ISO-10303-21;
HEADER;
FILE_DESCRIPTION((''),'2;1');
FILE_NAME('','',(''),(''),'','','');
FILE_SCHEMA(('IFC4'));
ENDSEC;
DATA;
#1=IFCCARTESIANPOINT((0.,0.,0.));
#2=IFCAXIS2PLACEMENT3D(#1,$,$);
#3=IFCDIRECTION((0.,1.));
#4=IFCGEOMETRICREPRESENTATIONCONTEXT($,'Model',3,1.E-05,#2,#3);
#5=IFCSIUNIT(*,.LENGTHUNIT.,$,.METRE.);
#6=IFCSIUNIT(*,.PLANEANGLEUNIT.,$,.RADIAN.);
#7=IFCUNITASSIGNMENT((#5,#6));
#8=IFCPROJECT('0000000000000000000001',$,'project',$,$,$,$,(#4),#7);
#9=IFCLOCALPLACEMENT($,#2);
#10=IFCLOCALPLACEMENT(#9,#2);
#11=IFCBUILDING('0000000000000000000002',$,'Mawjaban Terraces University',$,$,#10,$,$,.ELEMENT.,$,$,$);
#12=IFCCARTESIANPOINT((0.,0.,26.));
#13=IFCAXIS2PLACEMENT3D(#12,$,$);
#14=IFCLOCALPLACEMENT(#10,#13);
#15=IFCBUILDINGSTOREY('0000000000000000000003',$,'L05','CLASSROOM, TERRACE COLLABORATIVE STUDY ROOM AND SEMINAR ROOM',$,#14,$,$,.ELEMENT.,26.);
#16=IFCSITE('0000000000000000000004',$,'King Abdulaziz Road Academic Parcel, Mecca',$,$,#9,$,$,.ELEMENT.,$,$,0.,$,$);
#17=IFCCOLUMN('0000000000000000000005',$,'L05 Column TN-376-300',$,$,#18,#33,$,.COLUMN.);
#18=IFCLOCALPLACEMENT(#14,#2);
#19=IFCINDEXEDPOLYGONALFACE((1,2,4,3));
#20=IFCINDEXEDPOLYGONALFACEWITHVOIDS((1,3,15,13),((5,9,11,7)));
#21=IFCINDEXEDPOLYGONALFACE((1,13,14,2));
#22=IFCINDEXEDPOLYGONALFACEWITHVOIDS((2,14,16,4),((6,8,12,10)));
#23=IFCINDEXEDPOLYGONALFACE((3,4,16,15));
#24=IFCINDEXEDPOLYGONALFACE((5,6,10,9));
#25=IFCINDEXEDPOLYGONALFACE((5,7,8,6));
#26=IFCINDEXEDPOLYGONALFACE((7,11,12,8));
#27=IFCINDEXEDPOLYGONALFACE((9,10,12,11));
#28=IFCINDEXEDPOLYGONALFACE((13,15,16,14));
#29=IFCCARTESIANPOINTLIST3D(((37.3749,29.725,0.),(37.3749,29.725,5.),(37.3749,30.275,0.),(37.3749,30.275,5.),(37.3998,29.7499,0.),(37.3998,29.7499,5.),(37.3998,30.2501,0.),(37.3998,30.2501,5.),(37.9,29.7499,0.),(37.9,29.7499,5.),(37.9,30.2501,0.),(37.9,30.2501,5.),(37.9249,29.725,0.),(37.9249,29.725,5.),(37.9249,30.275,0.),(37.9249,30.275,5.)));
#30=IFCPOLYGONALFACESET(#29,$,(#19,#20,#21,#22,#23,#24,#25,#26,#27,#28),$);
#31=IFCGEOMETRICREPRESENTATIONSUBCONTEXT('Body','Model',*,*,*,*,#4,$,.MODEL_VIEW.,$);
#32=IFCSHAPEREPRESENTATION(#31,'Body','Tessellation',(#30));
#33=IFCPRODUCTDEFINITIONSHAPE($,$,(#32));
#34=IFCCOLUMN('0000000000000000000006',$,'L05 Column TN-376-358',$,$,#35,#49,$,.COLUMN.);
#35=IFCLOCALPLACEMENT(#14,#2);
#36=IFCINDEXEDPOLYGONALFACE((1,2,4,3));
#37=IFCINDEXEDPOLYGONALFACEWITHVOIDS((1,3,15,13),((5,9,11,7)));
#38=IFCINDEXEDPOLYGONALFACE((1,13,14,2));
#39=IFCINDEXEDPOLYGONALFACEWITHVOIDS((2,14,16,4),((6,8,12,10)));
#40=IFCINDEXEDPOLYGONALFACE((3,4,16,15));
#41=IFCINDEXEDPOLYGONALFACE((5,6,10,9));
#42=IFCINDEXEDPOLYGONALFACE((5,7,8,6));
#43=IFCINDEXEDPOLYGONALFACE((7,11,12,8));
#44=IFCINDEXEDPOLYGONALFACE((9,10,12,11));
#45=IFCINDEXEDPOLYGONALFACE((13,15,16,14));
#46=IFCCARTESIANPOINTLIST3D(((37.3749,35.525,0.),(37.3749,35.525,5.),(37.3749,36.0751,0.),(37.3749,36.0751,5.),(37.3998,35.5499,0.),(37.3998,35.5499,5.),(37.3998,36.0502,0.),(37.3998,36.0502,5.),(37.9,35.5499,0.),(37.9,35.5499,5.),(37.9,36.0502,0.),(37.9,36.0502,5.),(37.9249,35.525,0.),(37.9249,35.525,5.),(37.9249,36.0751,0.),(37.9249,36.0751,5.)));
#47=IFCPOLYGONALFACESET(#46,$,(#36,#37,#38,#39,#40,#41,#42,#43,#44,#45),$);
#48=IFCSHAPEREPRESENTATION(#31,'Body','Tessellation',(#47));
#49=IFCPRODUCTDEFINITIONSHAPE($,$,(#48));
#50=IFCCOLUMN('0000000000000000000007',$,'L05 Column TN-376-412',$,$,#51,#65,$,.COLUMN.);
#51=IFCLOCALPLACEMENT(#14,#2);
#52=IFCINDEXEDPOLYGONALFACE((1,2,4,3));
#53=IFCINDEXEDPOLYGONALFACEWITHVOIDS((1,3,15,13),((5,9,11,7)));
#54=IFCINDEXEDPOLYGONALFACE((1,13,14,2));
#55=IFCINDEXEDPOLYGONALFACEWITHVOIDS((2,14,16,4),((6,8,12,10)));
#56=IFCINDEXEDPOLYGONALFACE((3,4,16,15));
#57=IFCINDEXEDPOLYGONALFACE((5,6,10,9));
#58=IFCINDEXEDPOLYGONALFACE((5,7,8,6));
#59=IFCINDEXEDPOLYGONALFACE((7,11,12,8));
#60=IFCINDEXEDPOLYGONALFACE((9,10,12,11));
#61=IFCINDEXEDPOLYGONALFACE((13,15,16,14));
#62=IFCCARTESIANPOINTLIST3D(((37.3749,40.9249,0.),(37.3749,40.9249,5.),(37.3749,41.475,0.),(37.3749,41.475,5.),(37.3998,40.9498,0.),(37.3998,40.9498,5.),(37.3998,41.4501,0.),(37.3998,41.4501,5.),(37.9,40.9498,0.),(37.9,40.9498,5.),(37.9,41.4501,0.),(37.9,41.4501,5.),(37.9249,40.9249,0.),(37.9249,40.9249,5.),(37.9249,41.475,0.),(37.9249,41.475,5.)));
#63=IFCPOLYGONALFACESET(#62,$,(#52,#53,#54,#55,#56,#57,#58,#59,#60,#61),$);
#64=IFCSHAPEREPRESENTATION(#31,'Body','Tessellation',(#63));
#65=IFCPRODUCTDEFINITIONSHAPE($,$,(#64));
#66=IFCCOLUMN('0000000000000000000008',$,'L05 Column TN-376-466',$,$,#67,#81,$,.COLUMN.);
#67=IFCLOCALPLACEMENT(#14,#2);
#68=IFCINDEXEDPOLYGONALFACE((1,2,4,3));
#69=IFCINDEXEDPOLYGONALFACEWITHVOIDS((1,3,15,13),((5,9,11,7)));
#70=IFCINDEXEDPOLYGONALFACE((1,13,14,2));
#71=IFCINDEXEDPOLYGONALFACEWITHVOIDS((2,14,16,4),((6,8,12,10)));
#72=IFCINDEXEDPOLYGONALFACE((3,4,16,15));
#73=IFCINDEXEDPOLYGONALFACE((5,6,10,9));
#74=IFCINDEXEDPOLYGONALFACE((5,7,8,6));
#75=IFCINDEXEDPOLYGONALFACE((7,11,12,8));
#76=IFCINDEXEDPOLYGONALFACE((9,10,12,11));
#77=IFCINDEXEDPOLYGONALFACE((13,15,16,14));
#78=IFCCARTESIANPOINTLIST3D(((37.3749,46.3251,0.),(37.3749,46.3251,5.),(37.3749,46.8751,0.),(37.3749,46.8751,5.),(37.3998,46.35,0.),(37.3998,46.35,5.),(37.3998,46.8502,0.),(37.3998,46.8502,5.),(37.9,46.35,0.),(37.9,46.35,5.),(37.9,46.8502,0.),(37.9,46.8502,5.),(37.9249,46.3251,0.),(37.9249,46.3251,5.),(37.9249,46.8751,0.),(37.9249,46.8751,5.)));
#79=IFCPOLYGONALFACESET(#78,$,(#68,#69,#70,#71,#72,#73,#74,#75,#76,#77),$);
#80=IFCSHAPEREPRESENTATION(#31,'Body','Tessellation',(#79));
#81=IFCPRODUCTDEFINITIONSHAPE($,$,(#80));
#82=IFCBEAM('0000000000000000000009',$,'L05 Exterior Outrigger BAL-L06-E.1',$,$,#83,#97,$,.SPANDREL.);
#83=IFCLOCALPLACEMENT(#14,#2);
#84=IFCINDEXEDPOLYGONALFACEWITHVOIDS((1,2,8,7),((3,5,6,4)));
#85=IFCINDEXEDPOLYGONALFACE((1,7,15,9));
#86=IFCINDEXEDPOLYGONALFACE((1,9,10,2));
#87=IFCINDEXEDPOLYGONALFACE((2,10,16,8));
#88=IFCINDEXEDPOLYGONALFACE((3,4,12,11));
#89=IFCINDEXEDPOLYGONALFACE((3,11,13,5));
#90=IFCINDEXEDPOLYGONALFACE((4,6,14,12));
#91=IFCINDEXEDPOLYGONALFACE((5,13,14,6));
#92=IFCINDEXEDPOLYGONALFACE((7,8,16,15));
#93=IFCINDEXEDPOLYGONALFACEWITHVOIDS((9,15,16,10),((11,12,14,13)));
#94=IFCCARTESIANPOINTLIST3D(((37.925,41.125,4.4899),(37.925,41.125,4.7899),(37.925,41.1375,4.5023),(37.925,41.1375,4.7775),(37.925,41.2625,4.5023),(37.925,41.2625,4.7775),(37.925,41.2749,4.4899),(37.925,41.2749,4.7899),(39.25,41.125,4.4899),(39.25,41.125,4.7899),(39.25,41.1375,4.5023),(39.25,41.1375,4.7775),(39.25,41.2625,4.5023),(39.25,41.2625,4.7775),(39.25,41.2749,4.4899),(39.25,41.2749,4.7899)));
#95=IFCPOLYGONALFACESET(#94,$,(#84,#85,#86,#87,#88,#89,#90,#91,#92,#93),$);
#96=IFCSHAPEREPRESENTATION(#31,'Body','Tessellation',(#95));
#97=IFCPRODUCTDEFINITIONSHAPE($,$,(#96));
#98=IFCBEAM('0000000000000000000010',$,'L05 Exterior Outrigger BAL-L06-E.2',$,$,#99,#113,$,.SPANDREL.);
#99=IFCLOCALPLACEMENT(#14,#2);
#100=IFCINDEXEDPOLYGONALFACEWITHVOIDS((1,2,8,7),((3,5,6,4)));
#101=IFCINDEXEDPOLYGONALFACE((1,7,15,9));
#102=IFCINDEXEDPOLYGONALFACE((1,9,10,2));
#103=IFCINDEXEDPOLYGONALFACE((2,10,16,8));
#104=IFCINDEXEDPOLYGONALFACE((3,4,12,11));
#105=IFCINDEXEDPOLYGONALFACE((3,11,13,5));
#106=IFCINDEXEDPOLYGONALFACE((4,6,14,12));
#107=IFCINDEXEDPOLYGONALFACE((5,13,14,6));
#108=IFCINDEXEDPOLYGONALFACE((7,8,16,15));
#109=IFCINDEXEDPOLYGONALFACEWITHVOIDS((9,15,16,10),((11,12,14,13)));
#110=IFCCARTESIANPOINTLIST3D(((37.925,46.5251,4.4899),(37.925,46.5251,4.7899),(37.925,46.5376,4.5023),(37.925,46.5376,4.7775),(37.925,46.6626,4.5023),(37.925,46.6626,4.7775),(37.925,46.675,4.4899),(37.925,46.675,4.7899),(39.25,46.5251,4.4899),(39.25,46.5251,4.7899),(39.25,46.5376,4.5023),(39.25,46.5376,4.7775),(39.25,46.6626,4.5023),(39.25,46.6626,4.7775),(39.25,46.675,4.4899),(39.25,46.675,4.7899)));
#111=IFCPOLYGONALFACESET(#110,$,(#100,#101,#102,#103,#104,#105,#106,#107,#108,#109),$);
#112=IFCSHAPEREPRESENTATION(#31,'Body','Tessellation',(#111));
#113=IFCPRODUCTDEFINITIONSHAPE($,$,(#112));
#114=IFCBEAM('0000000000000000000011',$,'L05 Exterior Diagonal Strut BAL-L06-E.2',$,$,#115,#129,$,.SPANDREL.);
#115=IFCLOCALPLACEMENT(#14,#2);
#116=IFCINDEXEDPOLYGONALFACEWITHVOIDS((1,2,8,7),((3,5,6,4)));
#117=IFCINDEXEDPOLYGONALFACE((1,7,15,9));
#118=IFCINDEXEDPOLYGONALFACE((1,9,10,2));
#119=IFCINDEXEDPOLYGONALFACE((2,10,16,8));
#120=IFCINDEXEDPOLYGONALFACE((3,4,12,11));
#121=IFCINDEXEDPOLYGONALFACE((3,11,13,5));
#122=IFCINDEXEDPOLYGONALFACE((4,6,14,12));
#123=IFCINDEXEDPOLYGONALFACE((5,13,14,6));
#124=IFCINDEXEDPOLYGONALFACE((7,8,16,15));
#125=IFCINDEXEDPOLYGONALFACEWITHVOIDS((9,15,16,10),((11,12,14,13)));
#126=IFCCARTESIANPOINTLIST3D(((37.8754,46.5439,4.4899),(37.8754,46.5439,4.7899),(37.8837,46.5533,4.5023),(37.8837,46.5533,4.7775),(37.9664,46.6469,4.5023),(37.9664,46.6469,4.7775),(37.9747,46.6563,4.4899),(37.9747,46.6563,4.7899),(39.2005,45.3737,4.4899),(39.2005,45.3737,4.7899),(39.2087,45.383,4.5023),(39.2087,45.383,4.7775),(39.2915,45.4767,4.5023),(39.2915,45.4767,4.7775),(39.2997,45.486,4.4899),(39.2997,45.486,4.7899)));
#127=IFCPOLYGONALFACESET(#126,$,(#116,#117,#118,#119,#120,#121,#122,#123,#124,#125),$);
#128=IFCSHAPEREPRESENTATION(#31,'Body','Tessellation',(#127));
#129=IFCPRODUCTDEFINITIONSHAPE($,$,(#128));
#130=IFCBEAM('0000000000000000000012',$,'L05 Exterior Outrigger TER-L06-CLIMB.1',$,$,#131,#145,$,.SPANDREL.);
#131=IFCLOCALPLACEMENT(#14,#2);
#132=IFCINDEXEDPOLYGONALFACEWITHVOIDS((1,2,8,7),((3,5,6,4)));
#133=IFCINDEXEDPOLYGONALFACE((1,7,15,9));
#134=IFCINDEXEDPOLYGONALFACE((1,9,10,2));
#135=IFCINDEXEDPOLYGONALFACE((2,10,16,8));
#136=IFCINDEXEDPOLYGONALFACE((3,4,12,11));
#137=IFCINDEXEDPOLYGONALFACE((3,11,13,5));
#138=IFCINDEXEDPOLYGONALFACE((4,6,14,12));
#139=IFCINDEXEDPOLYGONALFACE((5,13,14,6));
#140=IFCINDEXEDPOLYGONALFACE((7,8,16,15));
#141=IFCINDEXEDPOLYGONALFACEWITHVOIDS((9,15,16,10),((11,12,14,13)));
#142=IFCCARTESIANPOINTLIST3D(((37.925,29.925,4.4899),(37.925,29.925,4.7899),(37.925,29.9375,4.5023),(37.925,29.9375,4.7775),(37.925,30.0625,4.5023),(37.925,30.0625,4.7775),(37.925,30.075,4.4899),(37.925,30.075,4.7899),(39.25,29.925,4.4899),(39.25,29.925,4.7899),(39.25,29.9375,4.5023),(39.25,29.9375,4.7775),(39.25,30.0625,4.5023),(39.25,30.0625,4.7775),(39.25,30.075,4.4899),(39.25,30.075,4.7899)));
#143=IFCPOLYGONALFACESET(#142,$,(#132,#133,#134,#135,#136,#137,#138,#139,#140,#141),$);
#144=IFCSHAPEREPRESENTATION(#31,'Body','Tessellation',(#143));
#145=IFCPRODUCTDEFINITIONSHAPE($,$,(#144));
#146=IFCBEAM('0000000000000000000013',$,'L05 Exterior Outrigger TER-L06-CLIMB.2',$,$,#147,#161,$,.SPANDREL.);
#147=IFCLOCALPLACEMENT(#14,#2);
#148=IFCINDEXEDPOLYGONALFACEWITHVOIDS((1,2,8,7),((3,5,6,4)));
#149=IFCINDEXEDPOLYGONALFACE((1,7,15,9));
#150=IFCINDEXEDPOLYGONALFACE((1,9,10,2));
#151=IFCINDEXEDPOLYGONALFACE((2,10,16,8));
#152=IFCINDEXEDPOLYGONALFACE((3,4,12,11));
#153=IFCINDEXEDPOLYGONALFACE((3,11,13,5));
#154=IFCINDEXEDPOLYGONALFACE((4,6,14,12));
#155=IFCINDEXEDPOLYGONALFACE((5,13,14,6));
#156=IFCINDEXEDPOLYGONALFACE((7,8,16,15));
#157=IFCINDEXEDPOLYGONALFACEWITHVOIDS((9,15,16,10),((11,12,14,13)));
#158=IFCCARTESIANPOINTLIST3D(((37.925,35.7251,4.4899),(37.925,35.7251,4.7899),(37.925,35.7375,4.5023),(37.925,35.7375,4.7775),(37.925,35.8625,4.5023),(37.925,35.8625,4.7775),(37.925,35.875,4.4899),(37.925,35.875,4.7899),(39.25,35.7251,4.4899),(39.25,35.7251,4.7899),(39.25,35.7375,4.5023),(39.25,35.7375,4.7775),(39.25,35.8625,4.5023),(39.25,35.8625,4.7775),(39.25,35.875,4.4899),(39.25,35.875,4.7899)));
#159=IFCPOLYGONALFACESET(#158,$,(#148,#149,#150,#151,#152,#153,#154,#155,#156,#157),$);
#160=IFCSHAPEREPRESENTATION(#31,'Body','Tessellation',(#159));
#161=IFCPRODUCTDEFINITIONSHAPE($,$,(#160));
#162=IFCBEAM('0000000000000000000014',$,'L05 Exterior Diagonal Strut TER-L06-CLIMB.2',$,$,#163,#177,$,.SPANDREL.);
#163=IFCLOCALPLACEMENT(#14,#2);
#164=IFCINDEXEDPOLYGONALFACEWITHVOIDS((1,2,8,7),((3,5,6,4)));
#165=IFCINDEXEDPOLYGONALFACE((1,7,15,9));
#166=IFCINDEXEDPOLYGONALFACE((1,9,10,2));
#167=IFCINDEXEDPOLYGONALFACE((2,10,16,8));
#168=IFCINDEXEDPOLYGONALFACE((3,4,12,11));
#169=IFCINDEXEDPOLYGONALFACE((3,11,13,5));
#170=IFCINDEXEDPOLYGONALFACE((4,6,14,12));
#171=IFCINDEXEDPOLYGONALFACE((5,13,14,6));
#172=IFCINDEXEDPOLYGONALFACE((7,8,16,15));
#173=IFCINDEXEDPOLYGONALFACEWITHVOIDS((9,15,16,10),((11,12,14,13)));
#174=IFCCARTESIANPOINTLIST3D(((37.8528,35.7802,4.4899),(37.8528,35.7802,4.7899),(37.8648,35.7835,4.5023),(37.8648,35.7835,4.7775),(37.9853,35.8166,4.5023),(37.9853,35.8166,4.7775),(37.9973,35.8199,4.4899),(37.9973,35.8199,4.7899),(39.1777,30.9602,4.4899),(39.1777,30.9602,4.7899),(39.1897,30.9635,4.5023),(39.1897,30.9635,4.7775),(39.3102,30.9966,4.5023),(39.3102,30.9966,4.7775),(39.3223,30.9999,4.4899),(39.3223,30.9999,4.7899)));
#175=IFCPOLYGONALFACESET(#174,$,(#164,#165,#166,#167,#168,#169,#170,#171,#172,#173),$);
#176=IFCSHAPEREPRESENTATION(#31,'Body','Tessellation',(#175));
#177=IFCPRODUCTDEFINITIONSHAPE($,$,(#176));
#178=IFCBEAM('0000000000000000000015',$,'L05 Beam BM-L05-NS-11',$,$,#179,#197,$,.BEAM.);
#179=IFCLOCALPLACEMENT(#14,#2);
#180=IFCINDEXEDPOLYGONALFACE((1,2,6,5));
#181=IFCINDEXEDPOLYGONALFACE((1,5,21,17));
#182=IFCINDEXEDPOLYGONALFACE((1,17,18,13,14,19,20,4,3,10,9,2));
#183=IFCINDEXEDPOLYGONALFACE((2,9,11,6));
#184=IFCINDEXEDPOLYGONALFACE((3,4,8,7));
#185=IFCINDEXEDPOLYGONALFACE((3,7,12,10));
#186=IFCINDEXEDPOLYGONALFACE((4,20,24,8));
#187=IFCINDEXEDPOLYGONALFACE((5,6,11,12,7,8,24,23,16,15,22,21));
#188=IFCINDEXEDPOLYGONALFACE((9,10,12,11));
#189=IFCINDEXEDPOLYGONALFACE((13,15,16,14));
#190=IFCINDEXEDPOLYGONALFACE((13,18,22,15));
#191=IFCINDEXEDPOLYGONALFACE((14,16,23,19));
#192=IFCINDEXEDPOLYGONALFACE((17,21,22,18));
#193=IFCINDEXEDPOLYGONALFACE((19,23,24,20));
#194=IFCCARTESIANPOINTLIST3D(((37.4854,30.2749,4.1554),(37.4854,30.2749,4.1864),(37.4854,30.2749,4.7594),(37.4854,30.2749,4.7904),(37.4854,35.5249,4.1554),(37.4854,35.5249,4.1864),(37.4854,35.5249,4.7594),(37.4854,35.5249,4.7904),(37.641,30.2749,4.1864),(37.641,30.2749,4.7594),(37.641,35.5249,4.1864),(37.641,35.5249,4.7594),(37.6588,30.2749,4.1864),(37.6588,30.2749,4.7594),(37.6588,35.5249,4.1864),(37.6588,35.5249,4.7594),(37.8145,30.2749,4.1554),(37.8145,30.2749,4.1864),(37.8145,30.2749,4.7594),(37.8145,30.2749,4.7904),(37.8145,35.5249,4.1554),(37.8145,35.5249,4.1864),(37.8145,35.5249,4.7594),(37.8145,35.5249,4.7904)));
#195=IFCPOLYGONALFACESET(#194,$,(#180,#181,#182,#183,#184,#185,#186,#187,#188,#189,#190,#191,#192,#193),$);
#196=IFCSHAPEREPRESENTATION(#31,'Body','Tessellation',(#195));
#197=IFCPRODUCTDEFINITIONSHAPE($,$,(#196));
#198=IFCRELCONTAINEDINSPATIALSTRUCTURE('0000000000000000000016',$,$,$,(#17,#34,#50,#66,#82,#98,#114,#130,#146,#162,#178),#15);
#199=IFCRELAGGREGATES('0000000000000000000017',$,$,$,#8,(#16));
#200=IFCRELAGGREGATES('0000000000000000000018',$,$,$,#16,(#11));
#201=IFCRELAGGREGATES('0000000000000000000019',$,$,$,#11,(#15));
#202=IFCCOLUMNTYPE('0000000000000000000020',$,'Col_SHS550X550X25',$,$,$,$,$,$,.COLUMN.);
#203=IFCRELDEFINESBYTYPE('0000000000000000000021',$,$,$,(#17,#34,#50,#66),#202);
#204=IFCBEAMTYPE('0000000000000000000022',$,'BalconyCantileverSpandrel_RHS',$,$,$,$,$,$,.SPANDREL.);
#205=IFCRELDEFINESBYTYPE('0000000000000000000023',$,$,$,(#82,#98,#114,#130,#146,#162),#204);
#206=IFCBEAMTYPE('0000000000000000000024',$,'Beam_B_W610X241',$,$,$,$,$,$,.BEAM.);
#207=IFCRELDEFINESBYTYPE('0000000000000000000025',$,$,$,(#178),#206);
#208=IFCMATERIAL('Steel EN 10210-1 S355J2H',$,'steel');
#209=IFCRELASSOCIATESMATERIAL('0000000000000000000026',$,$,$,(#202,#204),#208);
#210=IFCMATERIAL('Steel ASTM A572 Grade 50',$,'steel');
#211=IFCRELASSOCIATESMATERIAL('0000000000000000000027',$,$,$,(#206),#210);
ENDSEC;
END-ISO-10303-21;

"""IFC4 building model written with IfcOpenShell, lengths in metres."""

from ifc_helpers import new_model, si_unit, direction, frame, origin, origin_2d, place, context, subcontext, project, spatial, hollow_rectangle, i_section, extrude, material, material_profile, profile_set, type_object, element, save


model = new_model("IFC4")

# Units and contexts
model_context = context("Model", 3, precision=1e-05, world=origin(), true_north=direction((0.0, 1.0)))
body_context = subcontext(model_context, "Body", "Model", "MODEL_VIEW")
ifc_project = project(units=[si_unit("LENGTHUNIT", "METRE"), si_unit("PLANEANGLEUNIT", "RADIAN")], contexts=[model_context])

# Site, building, storey
site_placement = place(None, origin())
site = spatial("IfcSite", under=ifc_project, at=site_placement, Name="King Abdulaziz Road Academic Parcel, Mecca", CompositionType="ELEMENT", RefElevation=0.0)
building_placement = place(site_placement, origin())
building = spatial("IfcBuilding", under=site, at=building_placement, Name="Mawjaban Terraces University", CompositionType="ELEMENT")
storey_placement = place(building_placement, frame((0.0, 0.0, 26.0)))
storey = spatial("IfcBuildingStorey", under=building, at=storey_placement, Name="L05", Description="CLASSROOM, TERRACE COLLABORATIVE STUDY ROOM AND SEMINAR ROOM", CompositionType="ELEMENT", Elevation=26.0)

# Columns
ifc_material_1 = material(Name="Steel EN 10210-1 S355J2H", Category="steel")
ifc_material_profile_1 = material_profile(ifc_material_1, hollow_rectangle(XDim=0.55, YDim=0.55, WallThickness=0.0249, at=origin_2d()), Name="SHS550X550X25")
ifc_profile_set_1 = profile_set([ifc_material_profile_1], Name="Steel EN 10210-1 S355J2H")
column_type = type_object("IfcColumnType", Name="Col_SHS550X550X25", PredefinedType="COLUMN", material=ifc_profile_set_1)
for number, where, z_axis, x_axis, name in (
    (1, (37.6499, 30.0, 0.0), (0.0, 0.0, 1.0), (1.0, 0.0, 0.0), "L05 Column TN-376-300"),
    (2, (37.6499, 35.8, 0.0), (0.0, 0.0, 1.0), (1.0, 0.0, 0.0), "L05 Column TN-376-358"),
    (3, (37.6499, 41.2, 0.0), (0.0, 0.0, 1.0), (1.0, 0.0, 0.0), "L05 Column TN-376-412"),
    (4, (37.6499, 46.6001, 0.0), (0.0, 0.0, 1.0), (1.0, 0.0, 0.0), "L05 Column TN-376-466"),
):
    element("IfcColumn", number, at=place(storey_placement, frame(where, z_axis=z_axis, x_axis=x_axis)), inside=storey, type_object=column_type, Name=name, PredefinedType="COLUMN", context=body_context, shape_type="SweptSolid", body=[
        extrude(hollow_rectangle(XDim=0.55, YDim=0.55, WallThickness=0.0249, at=origin_2d()), origin(), (0.0, 0.0, 1.0), 5.0),
    ])

# Beams
ifc_material_profile_2 = material_profile(ifc_material_1, hollow_rectangle(XDim=0.1499, YDim=0.3, WallThickness=0.0125, at=origin_2d()), Name="RHS300X150X12.5")
ifc_profile_set_2 = profile_set([ifc_material_profile_2], Name="Steel EN 10210-1 S355J2H")
beam_type_1 = type_object("IfcBeamType", Name="BalconyCantileverSpandrel_RHS", PredefinedType="SPANDREL", material=ifc_profile_set_2)
for number, where, z_axis, x_axis, name in (
    (5, (37.925, 41.2, 4.6399), (1.0, 0.0, 0.0), (0.0, 1.0, 0.0), "L05 Exterior Outrigger BAL-L06-E.1"),
    (6, (37.925, 46.6001, 4.6399), (1.0, 0.0, 0.0), (0.0, 1.0, 0.0), "L05 Exterior Outrigger BAL-L06-E.2"),
):
    element("IfcBeam", number, at=place(storey_placement, frame(where, z_axis=z_axis, x_axis=x_axis)), inside=storey, type_object=beam_type_1, Name=name, PredefinedType="SPANDREL", context=body_context, shape_type="SweptSolid", body=[
        extrude(hollow_rectangle(XDim=0.1499, YDim=0.3, WallThickness=0.0125, at=origin_2d()), origin(), (0.0, 0.0, 1.0), 1.325),
    ])
beam_1_placement = place(storey_placement, frame((37.925, 46.6001, 4.6399), z_axis=(0.749531, -0.661969, 0.0), x_axis=(0.661969, 0.749531, 0.0)))
element("IfcBeam", 7, at=beam_1_placement, inside=storey, type_object=beam_type_1, Name="L05 Exterior Diagonal Strut BAL-L06-E.2", PredefinedType="SPANDREL", context=body_context, shape_type="SweptSolid", body=[
    extrude(hollow_rectangle(XDim=0.1499, YDim=0.3, WallThickness=0.0125, at=origin_2d()), origin(), (0.0, 0.0, 1.0), 1.7678),
])
for number, where, z_axis, x_axis, name in (
    (8, (37.925, 30.0, 4.6399), (1.0, 0.0, 0.0), (0.0, 1.0, 0.0), "L05 Exterior Outrigger TER-L06-CLIMB.1"),
    (9, (37.925, 35.8, 4.6399), (1.0, 0.0, 0.0), (0.0, 1.0, 0.0), "L05 Exterior Outrigger TER-L06-CLIMB.2"),
):
    element("IfcBeam", number, at=place(storey_placement, frame(where, z_axis=z_axis, x_axis=x_axis)), inside=storey, type_object=beam_type_1, Name=name, PredefinedType="SPANDREL", context=body_context, shape_type="SweptSolid", body=[
        extrude(hollow_rectangle(XDim=0.1499, YDim=0.3, WallThickness=0.0125, at=origin_2d()), origin(), (0.0, 0.0, 1.0), 1.325),
    ])
beam_2_placement = place(storey_placement, frame((37.925, 35.8, 4.6399), z_axis=(0.265051, -0.964234, 0.0), x_axis=(0.964234, 0.265051, 0.0)))
element("IfcBeam", 10, at=beam_2_placement, inside=storey, type_object=beam_type_1, Name="L05 Exterior Diagonal Strut TER-L06-CLIMB.2", PredefinedType="SPANDREL", context=body_context, shape_type="SweptSolid", body=[
    extrude(hollow_rectangle(XDim=0.1499, YDim=0.3, WallThickness=0.0125, at=origin_2d()), origin(), (0.0, 0.0, 1.0), 4.9988),
])
ifc_material_2 = material(Name="Steel ASTM A572 Grade 50", Category="steel")
ifc_material_profile_3 = material_profile(ifc_material_2, i_section(OverallWidth=0.3291, OverallDepth=0.635, WebThickness=0.0178, FlangeThickness=0.031, at=origin_2d()), Name="W610X241")
ifc_profile_set_3 = profile_set([ifc_material_profile_3], Name="Steel ASTM A572 Grade 50")
beam_type_2 = type_object("IfcBeamType", Name="Beam_B_W610X241", PredefinedType="BEAM", material=ifc_profile_set_3)
beam_3_placement = place(storey_placement, frame((37.6499, 30.2749, 4.4729), z_axis=(0.0, 1.0, 0.0), x_axis=(-1.0, 0.0, 0.0)))
element("IfcBeam", 11, at=beam_3_placement, inside=storey, type_object=beam_type_2, Name="L05 Beam BM-L05-NS-11", PredefinedType="BEAM", context=body_context, shape_type="SweptSolid", body=[
    extrude(i_section(OverallWidth=0.3291, OverallDepth=0.635, WebThickness=0.0178, FlangeThickness=0.031, at=origin_2d()), origin(), (0.0, 0.0, 1.0), 5.25),
])

save(model, "model.ifc")
